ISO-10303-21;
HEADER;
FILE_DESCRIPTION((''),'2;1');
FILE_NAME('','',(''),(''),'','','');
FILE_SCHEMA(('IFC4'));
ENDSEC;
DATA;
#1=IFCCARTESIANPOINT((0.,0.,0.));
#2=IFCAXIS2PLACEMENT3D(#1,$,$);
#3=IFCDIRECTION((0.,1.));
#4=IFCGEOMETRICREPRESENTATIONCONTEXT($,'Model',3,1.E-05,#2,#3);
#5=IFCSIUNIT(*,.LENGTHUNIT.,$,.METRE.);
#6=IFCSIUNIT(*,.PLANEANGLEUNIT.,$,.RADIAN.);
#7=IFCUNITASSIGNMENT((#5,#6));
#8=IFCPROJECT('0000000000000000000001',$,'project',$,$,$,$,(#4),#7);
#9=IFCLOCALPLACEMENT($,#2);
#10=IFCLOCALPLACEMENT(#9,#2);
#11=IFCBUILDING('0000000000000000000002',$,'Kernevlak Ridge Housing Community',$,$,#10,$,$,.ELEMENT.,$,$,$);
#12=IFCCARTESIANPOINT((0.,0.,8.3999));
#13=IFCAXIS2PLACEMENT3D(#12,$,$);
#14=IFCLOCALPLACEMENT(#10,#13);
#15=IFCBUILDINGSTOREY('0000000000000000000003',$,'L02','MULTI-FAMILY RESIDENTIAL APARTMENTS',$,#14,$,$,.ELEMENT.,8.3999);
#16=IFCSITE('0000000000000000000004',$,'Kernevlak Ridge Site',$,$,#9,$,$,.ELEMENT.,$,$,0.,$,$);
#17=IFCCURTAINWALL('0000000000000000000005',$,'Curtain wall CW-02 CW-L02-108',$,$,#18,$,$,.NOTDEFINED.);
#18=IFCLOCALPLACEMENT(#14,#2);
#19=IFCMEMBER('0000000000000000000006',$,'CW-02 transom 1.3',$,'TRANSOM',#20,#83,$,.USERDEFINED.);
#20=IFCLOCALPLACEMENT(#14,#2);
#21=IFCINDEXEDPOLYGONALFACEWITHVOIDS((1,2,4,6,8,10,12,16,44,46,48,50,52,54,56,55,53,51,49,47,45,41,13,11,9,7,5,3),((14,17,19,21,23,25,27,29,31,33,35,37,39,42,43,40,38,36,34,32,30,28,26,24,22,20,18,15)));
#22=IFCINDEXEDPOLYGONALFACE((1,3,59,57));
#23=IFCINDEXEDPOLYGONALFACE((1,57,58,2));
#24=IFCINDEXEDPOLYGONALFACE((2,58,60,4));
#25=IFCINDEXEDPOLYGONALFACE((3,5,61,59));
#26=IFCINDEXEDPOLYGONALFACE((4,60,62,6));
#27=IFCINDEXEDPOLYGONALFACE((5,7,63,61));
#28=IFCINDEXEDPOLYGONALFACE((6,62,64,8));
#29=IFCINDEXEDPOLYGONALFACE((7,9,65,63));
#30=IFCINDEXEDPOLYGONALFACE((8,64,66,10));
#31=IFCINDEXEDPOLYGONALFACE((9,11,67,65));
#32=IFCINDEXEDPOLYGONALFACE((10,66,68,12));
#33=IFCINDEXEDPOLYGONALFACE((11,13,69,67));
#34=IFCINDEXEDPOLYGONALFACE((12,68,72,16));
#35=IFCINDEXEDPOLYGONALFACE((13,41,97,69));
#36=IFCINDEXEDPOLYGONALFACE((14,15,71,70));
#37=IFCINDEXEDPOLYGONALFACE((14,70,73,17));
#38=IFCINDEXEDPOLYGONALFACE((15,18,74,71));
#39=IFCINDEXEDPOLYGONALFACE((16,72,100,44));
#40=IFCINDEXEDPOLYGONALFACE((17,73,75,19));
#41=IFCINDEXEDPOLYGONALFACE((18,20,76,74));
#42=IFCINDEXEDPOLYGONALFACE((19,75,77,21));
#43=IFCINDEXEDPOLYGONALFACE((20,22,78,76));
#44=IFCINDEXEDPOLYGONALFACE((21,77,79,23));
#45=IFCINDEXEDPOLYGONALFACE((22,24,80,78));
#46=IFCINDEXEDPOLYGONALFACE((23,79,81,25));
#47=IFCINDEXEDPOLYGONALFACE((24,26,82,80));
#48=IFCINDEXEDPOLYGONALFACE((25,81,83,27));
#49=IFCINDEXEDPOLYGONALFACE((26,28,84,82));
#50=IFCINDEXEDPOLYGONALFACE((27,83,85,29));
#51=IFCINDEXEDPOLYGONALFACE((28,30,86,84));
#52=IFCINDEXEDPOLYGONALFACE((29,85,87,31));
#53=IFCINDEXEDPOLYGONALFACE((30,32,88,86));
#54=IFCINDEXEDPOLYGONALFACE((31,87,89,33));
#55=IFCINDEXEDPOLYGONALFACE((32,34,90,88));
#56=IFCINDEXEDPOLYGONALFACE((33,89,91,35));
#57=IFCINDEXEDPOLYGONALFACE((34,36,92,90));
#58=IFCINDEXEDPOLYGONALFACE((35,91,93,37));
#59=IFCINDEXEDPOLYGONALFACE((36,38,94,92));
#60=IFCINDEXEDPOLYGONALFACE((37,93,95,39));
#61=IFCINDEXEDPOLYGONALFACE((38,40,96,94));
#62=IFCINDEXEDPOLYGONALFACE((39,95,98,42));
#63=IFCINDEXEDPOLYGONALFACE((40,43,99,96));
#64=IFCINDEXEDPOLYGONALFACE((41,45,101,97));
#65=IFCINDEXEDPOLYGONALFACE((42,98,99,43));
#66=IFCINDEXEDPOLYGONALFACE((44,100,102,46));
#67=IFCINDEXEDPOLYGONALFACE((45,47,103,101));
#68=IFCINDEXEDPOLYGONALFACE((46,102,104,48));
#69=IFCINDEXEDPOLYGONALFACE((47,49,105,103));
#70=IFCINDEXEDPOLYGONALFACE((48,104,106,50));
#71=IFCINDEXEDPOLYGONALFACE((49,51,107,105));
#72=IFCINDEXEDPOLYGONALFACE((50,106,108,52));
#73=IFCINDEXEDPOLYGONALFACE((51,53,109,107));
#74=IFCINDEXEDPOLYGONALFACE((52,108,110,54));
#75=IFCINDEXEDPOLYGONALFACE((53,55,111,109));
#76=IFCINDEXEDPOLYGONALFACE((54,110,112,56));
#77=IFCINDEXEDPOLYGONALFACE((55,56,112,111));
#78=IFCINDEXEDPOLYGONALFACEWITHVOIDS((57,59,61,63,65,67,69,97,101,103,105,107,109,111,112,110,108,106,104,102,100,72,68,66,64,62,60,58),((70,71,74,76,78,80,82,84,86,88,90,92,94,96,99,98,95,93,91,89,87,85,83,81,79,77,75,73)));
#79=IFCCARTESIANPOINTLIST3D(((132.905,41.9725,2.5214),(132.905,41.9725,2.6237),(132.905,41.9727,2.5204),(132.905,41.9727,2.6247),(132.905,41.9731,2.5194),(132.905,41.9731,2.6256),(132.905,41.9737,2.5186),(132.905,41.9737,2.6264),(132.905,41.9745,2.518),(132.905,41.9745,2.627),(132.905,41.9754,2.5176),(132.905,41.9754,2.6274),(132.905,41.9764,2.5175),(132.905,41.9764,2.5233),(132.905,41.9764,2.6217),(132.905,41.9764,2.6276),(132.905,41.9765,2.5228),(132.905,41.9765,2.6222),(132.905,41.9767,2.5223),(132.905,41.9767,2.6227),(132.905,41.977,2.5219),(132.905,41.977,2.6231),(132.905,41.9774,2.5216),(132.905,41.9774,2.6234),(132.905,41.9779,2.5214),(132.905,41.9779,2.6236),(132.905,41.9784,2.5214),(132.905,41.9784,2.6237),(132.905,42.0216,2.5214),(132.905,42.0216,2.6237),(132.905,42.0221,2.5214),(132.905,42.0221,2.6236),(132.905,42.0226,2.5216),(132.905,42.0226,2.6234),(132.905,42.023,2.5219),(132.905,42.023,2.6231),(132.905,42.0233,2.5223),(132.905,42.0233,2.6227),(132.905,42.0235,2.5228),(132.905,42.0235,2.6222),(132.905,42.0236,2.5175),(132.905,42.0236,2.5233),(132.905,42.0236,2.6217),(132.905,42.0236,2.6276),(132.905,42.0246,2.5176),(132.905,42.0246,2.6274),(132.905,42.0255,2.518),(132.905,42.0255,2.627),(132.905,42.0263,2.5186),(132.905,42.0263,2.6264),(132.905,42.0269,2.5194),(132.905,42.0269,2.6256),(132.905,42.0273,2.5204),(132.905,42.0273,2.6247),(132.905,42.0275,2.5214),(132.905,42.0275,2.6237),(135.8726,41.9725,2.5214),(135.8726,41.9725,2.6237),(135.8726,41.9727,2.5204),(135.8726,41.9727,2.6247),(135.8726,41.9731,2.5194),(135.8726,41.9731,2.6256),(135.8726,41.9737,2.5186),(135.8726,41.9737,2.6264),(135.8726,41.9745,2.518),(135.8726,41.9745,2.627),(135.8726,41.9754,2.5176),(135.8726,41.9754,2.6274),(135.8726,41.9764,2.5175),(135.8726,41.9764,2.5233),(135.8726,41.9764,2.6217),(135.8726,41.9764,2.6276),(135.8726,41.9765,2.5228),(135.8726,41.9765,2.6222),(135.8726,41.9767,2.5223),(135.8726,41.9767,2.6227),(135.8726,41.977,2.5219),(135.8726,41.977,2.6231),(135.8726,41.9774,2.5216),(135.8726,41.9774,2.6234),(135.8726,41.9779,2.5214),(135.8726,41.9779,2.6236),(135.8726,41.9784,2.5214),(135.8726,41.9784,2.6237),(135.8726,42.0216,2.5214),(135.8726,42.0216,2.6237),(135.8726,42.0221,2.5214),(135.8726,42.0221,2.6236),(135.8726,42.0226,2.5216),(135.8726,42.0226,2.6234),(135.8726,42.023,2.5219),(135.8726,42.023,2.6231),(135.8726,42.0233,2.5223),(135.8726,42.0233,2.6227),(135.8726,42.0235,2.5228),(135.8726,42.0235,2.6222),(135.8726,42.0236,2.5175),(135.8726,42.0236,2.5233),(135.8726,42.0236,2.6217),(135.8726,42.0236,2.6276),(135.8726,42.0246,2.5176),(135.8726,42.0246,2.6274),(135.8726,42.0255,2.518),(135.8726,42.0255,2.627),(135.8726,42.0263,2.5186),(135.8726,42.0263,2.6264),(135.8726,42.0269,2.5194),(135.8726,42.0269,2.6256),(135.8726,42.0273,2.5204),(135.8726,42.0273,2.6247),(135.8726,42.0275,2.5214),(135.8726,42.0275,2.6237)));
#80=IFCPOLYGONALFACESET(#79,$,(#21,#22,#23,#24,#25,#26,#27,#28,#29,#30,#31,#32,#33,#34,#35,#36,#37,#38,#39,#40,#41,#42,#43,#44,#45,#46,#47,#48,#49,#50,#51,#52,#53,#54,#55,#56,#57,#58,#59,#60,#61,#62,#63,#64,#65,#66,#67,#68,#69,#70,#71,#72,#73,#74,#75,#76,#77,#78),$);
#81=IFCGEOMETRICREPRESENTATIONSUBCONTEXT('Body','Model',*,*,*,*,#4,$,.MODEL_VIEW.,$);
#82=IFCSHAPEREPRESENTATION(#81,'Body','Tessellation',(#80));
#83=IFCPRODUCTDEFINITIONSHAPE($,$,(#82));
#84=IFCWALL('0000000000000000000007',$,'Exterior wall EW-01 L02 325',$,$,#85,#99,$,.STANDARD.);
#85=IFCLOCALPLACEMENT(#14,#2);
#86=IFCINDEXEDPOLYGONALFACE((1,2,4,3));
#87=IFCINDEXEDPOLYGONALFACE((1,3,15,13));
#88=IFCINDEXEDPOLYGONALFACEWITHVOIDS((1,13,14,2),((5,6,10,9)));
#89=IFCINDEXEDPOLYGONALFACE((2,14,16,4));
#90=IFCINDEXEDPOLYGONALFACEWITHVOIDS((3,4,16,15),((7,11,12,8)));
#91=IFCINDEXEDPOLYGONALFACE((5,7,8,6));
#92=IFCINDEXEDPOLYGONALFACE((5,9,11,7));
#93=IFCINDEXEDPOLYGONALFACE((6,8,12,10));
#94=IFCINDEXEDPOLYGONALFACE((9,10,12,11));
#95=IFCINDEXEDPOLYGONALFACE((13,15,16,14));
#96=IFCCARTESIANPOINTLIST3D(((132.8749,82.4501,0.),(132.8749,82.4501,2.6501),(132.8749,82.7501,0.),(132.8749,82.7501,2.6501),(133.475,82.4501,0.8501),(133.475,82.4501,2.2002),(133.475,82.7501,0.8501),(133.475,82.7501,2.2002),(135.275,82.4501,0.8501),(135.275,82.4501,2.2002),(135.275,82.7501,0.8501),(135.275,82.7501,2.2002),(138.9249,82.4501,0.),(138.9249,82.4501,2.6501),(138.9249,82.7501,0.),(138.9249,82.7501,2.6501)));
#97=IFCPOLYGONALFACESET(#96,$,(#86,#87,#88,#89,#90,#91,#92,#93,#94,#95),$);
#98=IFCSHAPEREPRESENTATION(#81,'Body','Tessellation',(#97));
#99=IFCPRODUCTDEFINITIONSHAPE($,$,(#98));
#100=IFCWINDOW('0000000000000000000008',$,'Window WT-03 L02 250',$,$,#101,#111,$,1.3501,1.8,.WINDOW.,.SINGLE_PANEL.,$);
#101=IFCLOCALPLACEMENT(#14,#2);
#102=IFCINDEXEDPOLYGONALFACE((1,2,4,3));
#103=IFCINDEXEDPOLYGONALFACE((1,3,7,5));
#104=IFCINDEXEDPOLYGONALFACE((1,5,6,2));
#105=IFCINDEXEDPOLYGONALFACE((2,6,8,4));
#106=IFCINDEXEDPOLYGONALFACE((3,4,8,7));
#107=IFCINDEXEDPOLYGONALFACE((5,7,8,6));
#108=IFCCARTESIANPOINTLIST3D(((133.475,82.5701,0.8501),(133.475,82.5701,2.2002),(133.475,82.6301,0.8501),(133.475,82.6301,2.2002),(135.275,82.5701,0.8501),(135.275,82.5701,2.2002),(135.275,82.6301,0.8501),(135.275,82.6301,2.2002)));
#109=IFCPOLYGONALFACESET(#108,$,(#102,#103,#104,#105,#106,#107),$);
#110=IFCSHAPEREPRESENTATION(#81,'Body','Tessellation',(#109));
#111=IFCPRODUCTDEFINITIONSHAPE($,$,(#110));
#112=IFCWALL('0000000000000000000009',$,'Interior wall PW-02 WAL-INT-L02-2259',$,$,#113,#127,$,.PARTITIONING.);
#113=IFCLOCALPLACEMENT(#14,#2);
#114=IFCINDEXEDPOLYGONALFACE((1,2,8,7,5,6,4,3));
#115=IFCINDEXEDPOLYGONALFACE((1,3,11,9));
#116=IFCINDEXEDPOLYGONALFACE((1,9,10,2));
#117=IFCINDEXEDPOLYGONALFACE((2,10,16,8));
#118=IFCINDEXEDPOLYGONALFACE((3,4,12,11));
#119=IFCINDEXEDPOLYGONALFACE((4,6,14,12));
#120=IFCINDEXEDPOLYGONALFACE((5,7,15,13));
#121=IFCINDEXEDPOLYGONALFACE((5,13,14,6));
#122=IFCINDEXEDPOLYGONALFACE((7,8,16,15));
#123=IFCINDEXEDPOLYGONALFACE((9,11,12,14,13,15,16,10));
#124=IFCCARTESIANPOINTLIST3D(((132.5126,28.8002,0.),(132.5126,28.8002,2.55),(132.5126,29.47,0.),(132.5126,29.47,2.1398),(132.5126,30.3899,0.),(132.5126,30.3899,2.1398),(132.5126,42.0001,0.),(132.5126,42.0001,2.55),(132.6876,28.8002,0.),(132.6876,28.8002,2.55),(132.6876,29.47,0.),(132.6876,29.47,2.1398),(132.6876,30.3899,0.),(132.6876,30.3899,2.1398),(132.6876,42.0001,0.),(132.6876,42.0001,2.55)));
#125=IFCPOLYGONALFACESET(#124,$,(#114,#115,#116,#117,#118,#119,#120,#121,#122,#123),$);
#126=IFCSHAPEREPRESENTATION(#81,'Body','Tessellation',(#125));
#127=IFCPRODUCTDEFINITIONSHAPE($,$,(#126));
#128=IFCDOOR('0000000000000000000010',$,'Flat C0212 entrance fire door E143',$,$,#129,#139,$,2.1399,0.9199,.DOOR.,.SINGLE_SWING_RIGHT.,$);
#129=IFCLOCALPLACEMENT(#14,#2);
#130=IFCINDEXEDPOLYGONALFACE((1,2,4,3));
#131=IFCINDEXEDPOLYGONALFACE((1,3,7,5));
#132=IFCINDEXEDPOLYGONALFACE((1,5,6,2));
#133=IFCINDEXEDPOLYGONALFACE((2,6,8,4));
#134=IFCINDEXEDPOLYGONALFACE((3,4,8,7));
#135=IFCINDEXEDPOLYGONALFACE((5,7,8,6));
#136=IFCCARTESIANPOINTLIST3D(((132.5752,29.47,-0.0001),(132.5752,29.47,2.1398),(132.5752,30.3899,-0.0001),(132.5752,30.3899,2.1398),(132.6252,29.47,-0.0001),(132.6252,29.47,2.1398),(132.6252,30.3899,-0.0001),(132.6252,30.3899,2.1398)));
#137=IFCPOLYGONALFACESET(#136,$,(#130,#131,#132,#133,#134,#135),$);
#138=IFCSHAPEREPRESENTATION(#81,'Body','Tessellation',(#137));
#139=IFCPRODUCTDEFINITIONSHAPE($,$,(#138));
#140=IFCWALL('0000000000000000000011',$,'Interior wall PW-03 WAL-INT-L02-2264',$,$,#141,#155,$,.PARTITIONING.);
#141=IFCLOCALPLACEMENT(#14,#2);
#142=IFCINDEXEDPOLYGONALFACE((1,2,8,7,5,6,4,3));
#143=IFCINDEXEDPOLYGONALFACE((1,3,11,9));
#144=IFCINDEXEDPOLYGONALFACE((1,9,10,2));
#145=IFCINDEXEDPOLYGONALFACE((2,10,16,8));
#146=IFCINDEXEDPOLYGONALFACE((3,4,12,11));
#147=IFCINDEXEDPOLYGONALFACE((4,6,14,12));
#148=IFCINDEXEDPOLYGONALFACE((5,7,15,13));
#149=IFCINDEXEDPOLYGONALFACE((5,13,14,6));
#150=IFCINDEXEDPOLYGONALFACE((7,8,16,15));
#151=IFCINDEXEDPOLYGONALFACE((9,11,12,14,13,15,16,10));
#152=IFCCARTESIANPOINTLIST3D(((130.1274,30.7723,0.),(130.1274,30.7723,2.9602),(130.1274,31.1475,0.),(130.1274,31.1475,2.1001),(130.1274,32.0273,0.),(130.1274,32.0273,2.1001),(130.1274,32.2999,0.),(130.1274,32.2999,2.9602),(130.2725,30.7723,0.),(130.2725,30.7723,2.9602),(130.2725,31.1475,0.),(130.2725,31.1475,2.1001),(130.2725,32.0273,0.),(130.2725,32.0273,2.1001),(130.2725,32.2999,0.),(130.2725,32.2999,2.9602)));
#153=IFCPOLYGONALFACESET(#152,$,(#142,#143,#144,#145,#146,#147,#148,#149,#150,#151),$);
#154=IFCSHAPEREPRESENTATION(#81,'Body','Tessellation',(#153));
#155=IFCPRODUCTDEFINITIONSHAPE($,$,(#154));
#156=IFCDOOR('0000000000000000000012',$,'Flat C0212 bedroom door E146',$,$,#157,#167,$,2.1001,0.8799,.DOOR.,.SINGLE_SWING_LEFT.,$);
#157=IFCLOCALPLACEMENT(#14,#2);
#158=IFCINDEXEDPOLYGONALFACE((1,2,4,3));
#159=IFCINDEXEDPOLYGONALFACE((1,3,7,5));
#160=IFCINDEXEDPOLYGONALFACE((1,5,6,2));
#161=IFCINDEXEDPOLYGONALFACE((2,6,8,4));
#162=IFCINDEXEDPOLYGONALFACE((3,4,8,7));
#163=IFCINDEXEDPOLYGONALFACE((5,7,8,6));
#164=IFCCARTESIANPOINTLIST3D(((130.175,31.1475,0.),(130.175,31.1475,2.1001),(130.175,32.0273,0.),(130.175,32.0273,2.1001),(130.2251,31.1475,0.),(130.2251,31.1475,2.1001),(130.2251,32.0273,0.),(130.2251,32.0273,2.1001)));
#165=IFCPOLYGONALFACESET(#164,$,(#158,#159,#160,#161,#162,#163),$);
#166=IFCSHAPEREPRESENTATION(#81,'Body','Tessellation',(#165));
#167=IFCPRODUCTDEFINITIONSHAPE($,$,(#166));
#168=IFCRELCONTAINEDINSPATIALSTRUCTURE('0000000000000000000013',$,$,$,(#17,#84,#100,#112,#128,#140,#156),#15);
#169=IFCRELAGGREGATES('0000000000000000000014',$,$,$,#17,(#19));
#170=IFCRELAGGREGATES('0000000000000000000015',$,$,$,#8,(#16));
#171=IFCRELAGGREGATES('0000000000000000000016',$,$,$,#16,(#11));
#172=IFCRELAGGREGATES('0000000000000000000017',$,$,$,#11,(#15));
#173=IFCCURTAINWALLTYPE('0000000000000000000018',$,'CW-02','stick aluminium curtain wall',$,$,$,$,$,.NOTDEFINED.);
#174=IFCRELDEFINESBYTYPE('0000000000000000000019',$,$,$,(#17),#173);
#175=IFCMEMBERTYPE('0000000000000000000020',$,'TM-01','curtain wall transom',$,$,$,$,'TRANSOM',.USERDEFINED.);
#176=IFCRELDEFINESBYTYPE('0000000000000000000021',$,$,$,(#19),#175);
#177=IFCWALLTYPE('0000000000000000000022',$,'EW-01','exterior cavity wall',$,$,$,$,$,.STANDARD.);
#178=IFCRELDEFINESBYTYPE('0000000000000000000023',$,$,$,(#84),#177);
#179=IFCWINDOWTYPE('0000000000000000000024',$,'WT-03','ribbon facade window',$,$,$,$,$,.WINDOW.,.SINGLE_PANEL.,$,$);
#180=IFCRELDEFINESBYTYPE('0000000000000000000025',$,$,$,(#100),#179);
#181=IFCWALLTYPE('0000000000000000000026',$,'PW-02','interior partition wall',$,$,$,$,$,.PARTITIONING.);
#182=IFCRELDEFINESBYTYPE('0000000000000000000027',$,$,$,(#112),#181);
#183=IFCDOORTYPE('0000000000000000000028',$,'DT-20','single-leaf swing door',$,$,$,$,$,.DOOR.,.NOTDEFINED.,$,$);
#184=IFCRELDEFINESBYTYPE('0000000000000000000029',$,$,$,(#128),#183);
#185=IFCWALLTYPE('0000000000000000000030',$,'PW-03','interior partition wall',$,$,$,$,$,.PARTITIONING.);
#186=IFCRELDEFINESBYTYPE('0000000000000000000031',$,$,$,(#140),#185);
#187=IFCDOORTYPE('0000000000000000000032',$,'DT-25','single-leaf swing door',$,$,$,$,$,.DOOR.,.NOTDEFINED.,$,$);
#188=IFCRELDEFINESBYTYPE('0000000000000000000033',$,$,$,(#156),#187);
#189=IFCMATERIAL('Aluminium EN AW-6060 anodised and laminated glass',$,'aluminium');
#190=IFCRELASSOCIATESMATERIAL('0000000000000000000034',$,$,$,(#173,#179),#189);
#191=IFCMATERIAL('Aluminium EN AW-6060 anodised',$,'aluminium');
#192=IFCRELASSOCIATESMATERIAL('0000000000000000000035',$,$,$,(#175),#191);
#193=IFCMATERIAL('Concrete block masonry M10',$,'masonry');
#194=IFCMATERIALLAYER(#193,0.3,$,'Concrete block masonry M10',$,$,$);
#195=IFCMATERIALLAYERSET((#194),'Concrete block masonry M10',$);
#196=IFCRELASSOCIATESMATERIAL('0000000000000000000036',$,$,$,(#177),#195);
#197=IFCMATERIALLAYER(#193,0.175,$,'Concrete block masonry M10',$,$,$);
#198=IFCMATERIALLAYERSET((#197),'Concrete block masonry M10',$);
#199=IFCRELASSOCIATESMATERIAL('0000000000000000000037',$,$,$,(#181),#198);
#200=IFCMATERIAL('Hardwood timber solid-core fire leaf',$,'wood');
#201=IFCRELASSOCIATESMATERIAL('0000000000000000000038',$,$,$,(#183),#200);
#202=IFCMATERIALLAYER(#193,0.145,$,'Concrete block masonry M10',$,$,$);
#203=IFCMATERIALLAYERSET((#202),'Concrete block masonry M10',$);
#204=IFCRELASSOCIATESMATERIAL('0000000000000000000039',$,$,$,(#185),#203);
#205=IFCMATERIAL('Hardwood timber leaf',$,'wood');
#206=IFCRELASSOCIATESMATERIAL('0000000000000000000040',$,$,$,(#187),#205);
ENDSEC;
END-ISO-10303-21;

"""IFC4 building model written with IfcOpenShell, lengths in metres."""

from ifc_helpers import new_model, si_unit, direction, frame, frame_2d, origin, origin_2d, place, context, subcontext, project, spatial, rectangle, hollow_rectangle, extrude, material, layer, layer_set, material_profile, profile_set, type_object, element, fill, aggregate, save


model = new_model("IFC4")

# Units and contexts
model_context = context("Model", 3, precision=1e-05, world=origin(), true_north=direction((0.0, 1.0)))
body_context = subcontext(model_context, "Body", "Model", "MODEL_VIEW")
ifc_project = project(units=[si_unit("LENGTHUNIT", "METRE"), si_unit("PLANEANGLEUNIT", "RADIAN")], contexts=[model_context])

# Site, building, storey
site_placement = place(None, origin())
site = spatial("IfcSite", under=ifc_project, at=site_placement, Name="Kernevlak Ridge Site", CompositionType="ELEMENT", RefElevation=0.0)
building_placement = place(site_placement, origin())
building = spatial("IfcBuilding", under=site, at=building_placement, Name="Kernevlak Ridge Housing Community", CompositionType="ELEMENT")
storey_placement = place(building_placement, frame((0.0, 0.0, 8.3999)))
storey = spatial("IfcBuildingStorey", under=building, at=storey_placement, Name="L02", Description="MULTI-FAMILY RESIDENTIAL APARTMENTS", CompositionType="ELEMENT", Elevation=8.3999)

# Curtain wall
ifc_material_1 = material(Name="Aluminium EN AW-6060 anodised and laminated glass", Category="aluminium")
curtain_wall_type = type_object("IfcCurtainWallType", Name="CW-02", Description="stick aluminium curtain wall", PredefinedType="NOTDEFINED", material=ifc_material_1)
curtain_wall_placement = place(storey_placement, origin())
curtain_wall = element("IfcCurtainWall", 1, at=curtain_wall_placement, inside=storey, type_object=curtain_wall_type, Name="Curtain wall CW-02 CW-L02-108", PredefinedType="NOTDEFINED")
ifc_material_2 = material(Name="Aluminium EN AW-6060 anodised", Category="aluminium")

# Member
ifc_material_profile_1 = material_profile(ifc_material_2, hollow_rectangle(XDim=0.0549, YDim=0.1101, WallThickness=0.0039, InnerFilletRadius=0.002, OuterFilletRadius=0.0039, at=origin_2d()), Name="ALU 55x110x4")
ifc_profile_set_1 = profile_set([ifc_material_profile_1], Name="Aluminium EN AW-6060 anodised")
member_type_1 = type_object("IfcMemberType", Name="TM-01", Description="curtain wall transom", ElementType="TRANSOM", PredefinedType="USERDEFINED", material=ifc_profile_set_1)
member_1_placement = place(storey_placement, frame((132.905, 42.0, 2.5725), z_axis=(1.0, 0.0, 0.0), x_axis=(0.0, 1.0, 0.0)))
member_1 = element("IfcMember", 2, at=member_1_placement, type_object=member_type_1, Name="CW-02 transom 1.3", ObjectType="TRANSOM", PredefinedType="USERDEFINED", context=body_context, shape_type="SweptSolid", body=[
    extrude(hollow_rectangle(XDim=0.0549, YDim=0.1101, WallThickness=0.0039, InnerFilletRadius=0.002, OuterFilletRadius=0.0039, at=origin_2d()), origin(), (0.0, 0.0, 1.0), 2.9675),
])
aggregate(curtain_wall, [member_1])

# Wall, opening, window
ifc_material_3 = material(Name="Concrete block masonry M10", Category="masonry")
ifc_layer_1 = layer(ifc_material_3, 0.3, Name="Concrete block masonry M10")
ifc_layer_set_1 = layer_set([ifc_layer_1], Name="Concrete block masonry M10")
wall_type_1 = type_object("IfcWallType", Name="EW-01", Description="exterior cavity wall", PredefinedType="STANDARD", material=ifc_layer_set_1)
wall_1_placement = place(storey_placement, frame((132.875, 82.6001, 0.0), z_axis=(0.0, 0.0, 1.0), x_axis=(1.0, 0.0, 0.0)))
wall_1 = element("IfcWall", 3, at=wall_1_placement, inside=storey, type_object=wall_type_1, Name="Exterior wall EW-01 L02 325", PredefinedType="STANDARD", context=body_context, shape_type="SweptSolid", body=[
    extrude(rectangle(XDim=6.05, YDim=0.3, at=frame_2d((3.0249, 0.0))), origin(), (0.0, 0.0, 1.0), 2.6501),
])
opening_1_placement = place(wall_1_placement, frame((0.6001, 0.0, 0.8501)))
opening_1 = element("IfcOpeningElement", 4, at=opening_1_placement, cuts=wall_1, PredefinedType="OPENING", context=body_context, shape_type="SweptSolid", body=[
    extrude(rectangle(XDim=1.8, YDim=1.3501, at=frame_2d((0.8999, 0.675))), frame((0.0, 0.1599, 0.0), z_axis=(0.0, -1.0, 0.0), x_axis=(1.0, 0.0, 0.0)), (0.0, 0.0, 1.0), 0.3201),
])
window_type = type_object("IfcWindowType", Name="WT-03", Description="ribbon facade window", PartitioningType="SINGLE_PANEL", PredefinedType="WINDOW", material=ifc_material_1)
window_placement = place(opening_1_placement, origin())
window = element("IfcWindow", 5, at=window_placement, inside=storey, type_object=window_type, Name="Window WT-03 L02 250", OverallHeight=1.3501, OverallWidth=1.8, PartitioningType="SINGLE_PANEL", PredefinedType="WINDOW", context=body_context, shape_type="SweptSolid", body=[
    extrude(rectangle(XDim=1.8, YDim=1.3501, at=frame_2d((0.8999, 0.675))), frame((0.0, 0.03, 0.0), z_axis=(0.0, -1.0, 0.0), x_axis=(1.0, 0.0, 0.0)), (0.0, 0.0, 1.0), 0.0601),
])
fill(opening_1, window)

# Walls, openings, doors
ifc_layer_2 = layer(ifc_material_3, 0.175, Name="Concrete block masonry M10")
ifc_layer_set_2 = layer_set([ifc_layer_2], Name="Concrete block masonry M10")
wall_type_2 = type_object("IfcWallType", Name="PW-02", Description="interior partition wall", PredefinedType="PARTITIONING", material=ifc_layer_set_2)
wall_2_placement = place(storey_placement, frame((132.6001, 28.8, 0.0), z_axis=(0.0, 0.0, 1.0), x_axis=(0.0, 1.0, 0.0)))
wall_2 = element("IfcWall", 6, at=wall_2_placement, inside=storey, type_object=wall_type_2, Name="Interior wall PW-02 WAL-INT-L02-2259", PredefinedType="PARTITIONING", context=body_context, shape_type="SweptSolid", body=[
    extrude(rectangle(XDim=13.2, YDim=0.175, at=frame_2d((6.6001, 0.0))), origin(), (0.0, 0.0, 1.0), 2.55),
])
opening_2_placement = place(wall_2_placement, frame((0.6699, 0.0, 0.0)))
opening_2 = element("IfcOpeningElement", 7, at=opening_2_placement, cuts=wall_2, PredefinedType="OPENING", context=body_context, shape_type="SweptSolid", body=[
    extrude(rectangle(XDim=0.9199, YDim=2.1399, at=frame_2d((0.46, 1.0698))), frame((0.0, 0.0974, 0.0), z_axis=(0.0, -1.0, 0.0), x_axis=(1.0, 0.0, 0.0)), (0.0, 0.0, 1.0), 0.1951),
])
ifc_material_4 = material(Name="Hardwood timber solid-core fire leaf", Category="wood")
door_type_1 = type_object("IfcDoorType", Name="DT-20", Description="single-leaf swing door", OperationType="NOTDEFINED", PredefinedType="DOOR", material=ifc_material_4)
door_1_placement = place(opening_2_placement, origin())
door_1 = element("IfcDoor", 8, at=door_1_placement, inside=storey, type_object=door_type_1, Name="Flat C0212 entrance fire door E143", OperationType="SINGLE_SWING_RIGHT", OverallHeight=2.1399, OverallWidth=0.9199, PredefinedType="DOOR", context=body_context, shape_type="SweptSolid", body=[
    extrude(rectangle(XDim=0.9199, YDim=2.1399, at=frame_2d((0.46, 1.0698))), frame((0.0, 0.0249, 0.0), z_axis=(0.0, -1.0, 0.0), x_axis=(1.0, 0.0, 0.0)), (0.0, 0.0, 1.0), 0.05),
])
fill(opening_2, door_1)
ifc_layer_3 = layer(ifc_material_3, 0.145, Name="Concrete block masonry M10")
ifc_layer_set_3 = layer_set([ifc_layer_3], Name="Concrete block masonry M10")
wall_type_3 = type_object("IfcWallType", Name="PW-03", Description="interior partition wall", PredefinedType="PARTITIONING", material=ifc_layer_set_3)
wall_3_placement = place(storey_placement, frame((130.2, 30.7725, 0.0), z_axis=(0.0, 0.0, 1.0), x_axis=(0.0, 1.0, 0.0)))
wall_3 = element("IfcWall", 9, at=wall_3_placement, inside=storey, type_object=wall_type_3, Name="Interior wall PW-03 WAL-INT-L02-2264", PredefinedType="PARTITIONING", context=body_context, shape_type="SweptSolid", body=[
    extrude(rectangle(XDim=1.5276, YDim=0.145, at=frame_2d((0.7637, 0.0))), origin(), (0.0, 0.0, 1.0), 2.9602),
])
opening_3_placement = place(wall_3_placement, frame((0.375, 0.0, 0.0)))
opening_3 = element("IfcOpeningElement", 10, at=opening_3_placement, cuts=wall_3, PredefinedType="OPENING", context=body_context, shape_type="SweptSolid", body=[
    extrude(rectangle(XDim=0.8799, YDim=2.1001, at=frame_2d((0.4399, 1.05))), frame((0.0, 0.0825, 0.0), z_axis=(0.0, -1.0, 0.0), x_axis=(1.0, 0.0, 0.0)), (0.0, 0.0, 1.0), 0.165),
])
ifc_material_5 = material(Name="Hardwood timber leaf", Category="wood")
door_type_2 = type_object("IfcDoorType", Name="DT-25", Description="single-leaf swing door", OperationType="NOTDEFINED", PredefinedType="DOOR", material=ifc_material_5)
door_2_placement = place(opening_3_placement, origin())
door_2 = element("IfcDoor", 11, at=door_2_placement, inside=storey, type_object=door_type_2, Name="Flat C0212 bedroom door E146", OperationType="SINGLE_SWING_LEFT", OverallHeight=2.1001, OverallWidth=0.8799, PredefinedType="DOOR", context=body_context, shape_type="SweptSolid", body=[
    extrude(rectangle(XDim=0.8799, YDim=2.1001, at=frame_2d((0.4399, 1.05))), frame((0.0, 0.0249, 0.0), z_axis=(0.0, -1.0, 0.0), x_axis=(1.0, 0.0, 0.0)), (0.0, 0.0, 1.0), 0.05),
])
fill(opening_3, door_2)

save(model, "model.ifc")
